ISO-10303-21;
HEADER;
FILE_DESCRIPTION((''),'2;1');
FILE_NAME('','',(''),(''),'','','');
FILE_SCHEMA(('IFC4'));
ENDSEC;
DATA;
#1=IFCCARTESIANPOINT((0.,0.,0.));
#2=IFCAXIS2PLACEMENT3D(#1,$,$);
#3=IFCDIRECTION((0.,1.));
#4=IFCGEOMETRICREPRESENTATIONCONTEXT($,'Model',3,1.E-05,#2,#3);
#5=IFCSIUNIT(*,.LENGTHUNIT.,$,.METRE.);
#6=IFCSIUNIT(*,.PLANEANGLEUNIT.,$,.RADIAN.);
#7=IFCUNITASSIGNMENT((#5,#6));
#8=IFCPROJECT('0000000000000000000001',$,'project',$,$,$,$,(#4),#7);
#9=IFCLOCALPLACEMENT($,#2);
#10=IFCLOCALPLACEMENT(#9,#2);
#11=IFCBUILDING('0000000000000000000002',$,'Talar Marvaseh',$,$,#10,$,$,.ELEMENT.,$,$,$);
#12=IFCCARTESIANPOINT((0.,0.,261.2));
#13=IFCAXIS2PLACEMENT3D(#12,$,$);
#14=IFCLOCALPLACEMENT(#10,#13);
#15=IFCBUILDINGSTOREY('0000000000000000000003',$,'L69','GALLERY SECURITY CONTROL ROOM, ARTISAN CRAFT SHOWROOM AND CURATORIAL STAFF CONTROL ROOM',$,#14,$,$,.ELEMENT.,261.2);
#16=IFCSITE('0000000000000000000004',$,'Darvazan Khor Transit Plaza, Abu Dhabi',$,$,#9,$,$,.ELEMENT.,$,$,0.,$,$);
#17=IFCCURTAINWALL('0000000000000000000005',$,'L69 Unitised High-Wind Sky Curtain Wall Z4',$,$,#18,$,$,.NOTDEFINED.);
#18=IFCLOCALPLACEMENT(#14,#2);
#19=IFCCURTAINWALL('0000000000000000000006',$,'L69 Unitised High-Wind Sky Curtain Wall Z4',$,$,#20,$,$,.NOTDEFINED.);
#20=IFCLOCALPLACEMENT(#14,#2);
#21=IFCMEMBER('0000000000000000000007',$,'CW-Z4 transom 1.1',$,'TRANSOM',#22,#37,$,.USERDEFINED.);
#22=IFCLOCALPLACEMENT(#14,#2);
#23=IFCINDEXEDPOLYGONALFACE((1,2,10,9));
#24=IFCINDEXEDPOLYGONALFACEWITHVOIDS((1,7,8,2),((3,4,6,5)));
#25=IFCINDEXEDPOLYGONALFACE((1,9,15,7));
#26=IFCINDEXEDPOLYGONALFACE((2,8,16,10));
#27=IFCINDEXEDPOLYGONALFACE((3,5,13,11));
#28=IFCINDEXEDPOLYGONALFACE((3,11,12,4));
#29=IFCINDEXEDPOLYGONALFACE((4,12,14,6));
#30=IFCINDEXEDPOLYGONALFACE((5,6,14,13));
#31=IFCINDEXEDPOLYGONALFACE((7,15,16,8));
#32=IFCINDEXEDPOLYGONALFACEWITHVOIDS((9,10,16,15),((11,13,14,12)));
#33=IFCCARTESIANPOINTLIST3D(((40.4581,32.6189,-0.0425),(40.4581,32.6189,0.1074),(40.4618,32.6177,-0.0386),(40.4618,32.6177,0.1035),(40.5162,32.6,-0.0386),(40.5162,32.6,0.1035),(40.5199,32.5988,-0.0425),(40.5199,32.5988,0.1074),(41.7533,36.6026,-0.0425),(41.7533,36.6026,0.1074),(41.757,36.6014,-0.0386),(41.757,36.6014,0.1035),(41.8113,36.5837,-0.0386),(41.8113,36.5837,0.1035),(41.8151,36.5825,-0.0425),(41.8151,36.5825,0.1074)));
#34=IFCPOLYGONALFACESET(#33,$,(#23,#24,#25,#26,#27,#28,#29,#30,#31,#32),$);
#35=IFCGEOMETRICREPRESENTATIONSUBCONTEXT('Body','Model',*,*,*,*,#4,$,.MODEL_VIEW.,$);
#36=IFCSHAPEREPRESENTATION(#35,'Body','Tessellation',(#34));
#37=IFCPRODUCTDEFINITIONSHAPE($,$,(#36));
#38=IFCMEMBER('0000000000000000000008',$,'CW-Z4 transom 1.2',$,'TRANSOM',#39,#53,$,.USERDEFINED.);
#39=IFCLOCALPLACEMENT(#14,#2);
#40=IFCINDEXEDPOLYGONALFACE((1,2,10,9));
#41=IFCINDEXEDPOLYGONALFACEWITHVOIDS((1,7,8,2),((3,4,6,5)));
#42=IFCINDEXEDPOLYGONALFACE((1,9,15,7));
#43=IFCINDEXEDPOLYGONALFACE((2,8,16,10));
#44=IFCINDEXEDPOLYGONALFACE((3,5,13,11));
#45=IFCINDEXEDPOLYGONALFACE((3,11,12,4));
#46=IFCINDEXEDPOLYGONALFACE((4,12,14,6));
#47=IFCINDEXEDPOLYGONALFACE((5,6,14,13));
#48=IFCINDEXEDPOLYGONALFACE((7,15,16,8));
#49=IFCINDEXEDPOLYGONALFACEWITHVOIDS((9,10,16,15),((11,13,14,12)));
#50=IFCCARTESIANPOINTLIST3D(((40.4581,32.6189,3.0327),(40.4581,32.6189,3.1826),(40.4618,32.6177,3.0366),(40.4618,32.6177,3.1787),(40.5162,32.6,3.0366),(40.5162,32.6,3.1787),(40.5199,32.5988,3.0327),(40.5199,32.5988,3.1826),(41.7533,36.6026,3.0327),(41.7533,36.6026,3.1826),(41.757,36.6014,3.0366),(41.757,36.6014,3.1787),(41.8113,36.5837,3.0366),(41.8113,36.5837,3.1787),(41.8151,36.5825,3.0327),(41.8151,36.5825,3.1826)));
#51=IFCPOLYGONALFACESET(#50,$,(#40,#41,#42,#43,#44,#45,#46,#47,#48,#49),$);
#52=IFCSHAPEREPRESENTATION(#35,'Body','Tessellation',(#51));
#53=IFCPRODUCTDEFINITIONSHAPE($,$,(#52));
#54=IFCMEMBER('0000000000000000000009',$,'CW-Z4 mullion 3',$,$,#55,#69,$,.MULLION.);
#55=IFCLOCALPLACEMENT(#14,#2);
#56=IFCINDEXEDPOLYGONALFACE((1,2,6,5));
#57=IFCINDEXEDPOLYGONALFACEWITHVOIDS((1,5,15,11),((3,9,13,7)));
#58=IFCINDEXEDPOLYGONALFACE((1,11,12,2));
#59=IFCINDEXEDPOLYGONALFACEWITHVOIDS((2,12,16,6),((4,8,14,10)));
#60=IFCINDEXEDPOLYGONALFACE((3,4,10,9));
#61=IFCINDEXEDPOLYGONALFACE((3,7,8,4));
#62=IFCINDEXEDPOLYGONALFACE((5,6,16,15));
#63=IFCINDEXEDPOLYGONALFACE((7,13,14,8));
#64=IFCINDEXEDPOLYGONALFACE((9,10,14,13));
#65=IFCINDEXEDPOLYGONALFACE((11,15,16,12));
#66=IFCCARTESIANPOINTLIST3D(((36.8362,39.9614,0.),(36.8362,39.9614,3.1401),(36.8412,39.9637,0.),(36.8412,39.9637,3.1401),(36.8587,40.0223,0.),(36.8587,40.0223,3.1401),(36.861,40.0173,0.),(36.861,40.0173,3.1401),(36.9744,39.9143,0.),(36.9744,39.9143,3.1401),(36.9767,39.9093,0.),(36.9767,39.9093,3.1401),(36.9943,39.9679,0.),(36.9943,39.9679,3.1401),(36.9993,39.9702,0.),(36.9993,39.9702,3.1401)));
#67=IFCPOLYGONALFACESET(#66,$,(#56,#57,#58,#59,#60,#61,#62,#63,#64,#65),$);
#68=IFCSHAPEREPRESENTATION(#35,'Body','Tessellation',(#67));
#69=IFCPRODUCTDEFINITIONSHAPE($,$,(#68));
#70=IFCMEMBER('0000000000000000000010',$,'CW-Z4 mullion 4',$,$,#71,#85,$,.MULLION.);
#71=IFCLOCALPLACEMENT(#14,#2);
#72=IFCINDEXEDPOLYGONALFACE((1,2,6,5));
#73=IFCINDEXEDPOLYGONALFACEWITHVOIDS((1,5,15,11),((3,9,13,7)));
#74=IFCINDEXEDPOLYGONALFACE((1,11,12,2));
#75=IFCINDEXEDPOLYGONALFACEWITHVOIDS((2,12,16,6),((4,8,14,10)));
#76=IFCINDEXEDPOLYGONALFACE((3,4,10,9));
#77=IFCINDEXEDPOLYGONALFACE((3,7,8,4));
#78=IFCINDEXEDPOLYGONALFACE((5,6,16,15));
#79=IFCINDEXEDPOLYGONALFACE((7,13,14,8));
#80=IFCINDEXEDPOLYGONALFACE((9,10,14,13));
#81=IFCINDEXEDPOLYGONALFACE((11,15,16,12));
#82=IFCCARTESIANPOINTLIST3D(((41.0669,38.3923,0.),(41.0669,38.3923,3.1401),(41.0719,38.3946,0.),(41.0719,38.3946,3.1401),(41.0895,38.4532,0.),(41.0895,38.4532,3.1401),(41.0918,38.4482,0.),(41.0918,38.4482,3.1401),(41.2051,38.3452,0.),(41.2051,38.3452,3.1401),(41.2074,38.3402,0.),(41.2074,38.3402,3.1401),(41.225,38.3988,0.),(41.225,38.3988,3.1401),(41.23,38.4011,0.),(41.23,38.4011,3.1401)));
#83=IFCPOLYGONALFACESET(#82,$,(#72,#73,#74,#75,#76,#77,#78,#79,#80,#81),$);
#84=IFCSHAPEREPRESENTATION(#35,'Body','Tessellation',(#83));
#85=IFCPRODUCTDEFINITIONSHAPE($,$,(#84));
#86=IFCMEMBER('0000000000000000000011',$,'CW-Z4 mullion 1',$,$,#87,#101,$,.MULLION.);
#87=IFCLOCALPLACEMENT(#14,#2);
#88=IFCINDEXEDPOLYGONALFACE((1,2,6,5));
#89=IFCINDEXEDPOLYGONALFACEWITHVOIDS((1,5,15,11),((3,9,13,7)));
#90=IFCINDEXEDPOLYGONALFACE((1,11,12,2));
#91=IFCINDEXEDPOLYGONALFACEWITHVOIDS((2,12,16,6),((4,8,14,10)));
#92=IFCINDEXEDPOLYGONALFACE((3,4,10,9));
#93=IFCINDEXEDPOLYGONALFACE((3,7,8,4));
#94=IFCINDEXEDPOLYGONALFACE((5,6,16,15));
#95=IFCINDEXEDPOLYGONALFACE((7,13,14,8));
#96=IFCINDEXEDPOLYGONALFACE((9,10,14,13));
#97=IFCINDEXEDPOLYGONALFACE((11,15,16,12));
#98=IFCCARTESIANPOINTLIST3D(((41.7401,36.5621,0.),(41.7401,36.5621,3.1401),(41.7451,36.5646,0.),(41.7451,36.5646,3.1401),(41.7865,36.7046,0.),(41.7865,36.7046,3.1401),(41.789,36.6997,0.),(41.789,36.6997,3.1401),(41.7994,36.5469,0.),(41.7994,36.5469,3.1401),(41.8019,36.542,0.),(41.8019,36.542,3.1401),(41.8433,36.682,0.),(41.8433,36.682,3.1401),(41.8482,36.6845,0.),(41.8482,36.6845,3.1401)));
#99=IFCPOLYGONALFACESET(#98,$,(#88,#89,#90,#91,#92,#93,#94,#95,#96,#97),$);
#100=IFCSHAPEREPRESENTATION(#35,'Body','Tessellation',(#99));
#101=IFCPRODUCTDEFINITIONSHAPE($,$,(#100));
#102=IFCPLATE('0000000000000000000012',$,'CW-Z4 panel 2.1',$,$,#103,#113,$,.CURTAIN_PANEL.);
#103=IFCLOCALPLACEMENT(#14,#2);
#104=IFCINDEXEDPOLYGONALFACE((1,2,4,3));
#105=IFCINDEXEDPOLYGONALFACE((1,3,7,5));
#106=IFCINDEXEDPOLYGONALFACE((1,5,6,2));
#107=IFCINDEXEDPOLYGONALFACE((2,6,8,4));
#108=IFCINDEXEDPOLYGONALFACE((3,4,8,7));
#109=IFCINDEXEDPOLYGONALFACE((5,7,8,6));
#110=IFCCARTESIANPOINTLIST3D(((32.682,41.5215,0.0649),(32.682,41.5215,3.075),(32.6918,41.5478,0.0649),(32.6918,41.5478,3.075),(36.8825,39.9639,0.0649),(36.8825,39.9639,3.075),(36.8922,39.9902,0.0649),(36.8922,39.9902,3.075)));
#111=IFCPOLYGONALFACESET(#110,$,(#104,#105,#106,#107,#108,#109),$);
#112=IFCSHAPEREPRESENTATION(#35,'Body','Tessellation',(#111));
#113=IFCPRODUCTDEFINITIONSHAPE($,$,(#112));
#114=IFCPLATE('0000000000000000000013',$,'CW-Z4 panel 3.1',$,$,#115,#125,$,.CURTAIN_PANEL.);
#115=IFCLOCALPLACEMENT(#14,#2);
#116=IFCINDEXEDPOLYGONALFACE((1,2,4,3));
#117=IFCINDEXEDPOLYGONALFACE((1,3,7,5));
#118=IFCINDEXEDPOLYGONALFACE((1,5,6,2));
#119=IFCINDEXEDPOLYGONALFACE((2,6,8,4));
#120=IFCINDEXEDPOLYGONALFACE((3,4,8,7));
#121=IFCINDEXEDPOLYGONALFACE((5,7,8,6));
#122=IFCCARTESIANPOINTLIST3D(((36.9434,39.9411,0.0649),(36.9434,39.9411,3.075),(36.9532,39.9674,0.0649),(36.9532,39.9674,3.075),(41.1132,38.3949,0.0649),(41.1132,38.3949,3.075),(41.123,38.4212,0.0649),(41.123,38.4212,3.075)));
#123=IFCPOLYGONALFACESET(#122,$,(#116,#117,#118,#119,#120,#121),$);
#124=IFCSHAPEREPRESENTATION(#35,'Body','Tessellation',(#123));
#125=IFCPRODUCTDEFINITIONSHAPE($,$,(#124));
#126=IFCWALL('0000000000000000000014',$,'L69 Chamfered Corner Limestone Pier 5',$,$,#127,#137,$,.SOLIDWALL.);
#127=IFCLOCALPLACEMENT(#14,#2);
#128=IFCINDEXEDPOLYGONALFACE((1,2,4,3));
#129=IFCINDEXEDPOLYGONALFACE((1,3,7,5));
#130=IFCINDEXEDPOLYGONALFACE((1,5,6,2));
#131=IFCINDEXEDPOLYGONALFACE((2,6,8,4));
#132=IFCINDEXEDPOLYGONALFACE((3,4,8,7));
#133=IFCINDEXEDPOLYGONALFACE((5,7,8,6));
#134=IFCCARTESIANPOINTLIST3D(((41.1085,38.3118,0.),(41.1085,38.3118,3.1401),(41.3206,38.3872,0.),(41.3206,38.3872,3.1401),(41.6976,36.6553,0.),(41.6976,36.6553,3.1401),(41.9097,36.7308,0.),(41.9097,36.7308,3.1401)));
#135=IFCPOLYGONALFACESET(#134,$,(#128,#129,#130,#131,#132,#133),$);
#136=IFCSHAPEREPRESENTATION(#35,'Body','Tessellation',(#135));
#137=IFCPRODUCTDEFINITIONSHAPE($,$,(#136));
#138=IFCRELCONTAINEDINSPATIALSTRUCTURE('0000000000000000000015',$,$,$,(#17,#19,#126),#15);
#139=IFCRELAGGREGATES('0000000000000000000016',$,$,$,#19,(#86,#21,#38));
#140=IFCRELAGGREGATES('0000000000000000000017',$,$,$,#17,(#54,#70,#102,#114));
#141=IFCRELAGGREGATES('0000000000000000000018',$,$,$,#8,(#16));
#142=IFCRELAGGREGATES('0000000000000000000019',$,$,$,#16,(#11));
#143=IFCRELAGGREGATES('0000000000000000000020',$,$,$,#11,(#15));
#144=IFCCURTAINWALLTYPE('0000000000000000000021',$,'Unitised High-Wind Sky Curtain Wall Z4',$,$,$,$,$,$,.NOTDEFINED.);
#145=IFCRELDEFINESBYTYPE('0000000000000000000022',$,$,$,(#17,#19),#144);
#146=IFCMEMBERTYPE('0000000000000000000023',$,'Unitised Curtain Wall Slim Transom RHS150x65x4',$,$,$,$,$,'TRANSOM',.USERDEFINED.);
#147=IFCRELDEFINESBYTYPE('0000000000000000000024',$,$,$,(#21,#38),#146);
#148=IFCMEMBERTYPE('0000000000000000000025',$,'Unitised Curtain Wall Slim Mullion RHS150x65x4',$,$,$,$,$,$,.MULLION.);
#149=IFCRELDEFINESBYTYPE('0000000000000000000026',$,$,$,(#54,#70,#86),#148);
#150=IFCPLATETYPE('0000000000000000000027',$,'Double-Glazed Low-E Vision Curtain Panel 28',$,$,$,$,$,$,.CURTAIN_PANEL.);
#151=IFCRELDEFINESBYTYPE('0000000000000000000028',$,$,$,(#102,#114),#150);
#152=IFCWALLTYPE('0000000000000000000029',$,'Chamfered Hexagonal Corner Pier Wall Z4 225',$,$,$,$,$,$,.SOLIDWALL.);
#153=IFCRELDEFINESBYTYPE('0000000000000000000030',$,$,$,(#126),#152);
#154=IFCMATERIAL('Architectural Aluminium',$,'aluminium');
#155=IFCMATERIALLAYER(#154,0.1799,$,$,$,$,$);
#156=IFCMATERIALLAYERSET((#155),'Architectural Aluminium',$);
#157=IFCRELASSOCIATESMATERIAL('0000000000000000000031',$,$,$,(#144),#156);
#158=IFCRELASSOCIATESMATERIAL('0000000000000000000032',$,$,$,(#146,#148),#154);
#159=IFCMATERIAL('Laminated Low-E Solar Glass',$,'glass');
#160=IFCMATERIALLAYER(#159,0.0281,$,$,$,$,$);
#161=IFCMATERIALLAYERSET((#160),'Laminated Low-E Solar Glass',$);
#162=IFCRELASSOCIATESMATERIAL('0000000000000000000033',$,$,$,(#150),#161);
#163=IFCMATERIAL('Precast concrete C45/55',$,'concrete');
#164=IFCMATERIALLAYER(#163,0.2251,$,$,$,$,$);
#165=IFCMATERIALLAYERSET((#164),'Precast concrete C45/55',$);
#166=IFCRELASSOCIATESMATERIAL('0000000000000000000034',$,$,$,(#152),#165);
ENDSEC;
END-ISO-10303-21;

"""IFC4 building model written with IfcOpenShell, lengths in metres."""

from ifc_helpers import new_model, si_unit, direction, frame, frame_2d, origin, origin_2d, place, context, subcontext, project, spatial, rectangle, hollow_rectangle, extrude, source, transform, mapped, material, layer, layer_set, material_profile, profile_set, type_object, type_shapes, element, aggregate, save


model = new_model("IFC4")

# Units and contexts
model_context = context("Model", 3, precision=1e-05, world=origin(), true_north=direction((0.0, 1.0)))
body_context = subcontext(model_context, "Body", "Model", "MODEL_VIEW")
ifc_project = project(units=[si_unit("LENGTHUNIT", "METRE"), si_unit("PLANEANGLEUNIT", "RADIAN")], contexts=[model_context])

# Site, building, storey
site_placement = place(None, origin())
site = spatial("IfcSite", under=ifc_project, at=site_placement, Name="Darvazan Khor Transit Plaza, Abu Dhabi", CompositionType="ELEMENT", RefElevation=0.0)
building_placement = place(site_placement, origin())
building = spatial("IfcBuilding", under=site, at=building_placement, Name="Talar Marvaseh", CompositionType="ELEMENT")
storey_placement = place(building_placement, frame((0.0, 0.0, 261.2)))
storey = spatial("IfcBuildingStorey", under=building, at=storey_placement, Name="L69", Description="GALLERY SECURITY CONTROL ROOM, ARTISAN CRAFT SHOWROOM AND CURATORIAL STAFF CONTROL ROOM", CompositionType="ELEMENT", Elevation=261.2)

# Curtain walls, members
ifc_material_1 = material(Name="Architectural Aluminium", Category="aluminium")
ifc_layer_1 = layer(ifc_material_1, 0.1799)
ifc_layer_set_1 = layer_set([ifc_layer_1], Name="Architectural Aluminium")
curtain_wall_type = type_object("IfcCurtainWallType", Name="Unitised High-Wind Sky Curtain Wall Z4", PredefinedType="NOTDEFINED", material=ifc_layer_set_1)
curtain_wall_1_placement = place(storey_placement, origin())
curtain_wall_1 = element("IfcCurtainWall", 1, at=curtain_wall_1_placement, inside=storey, type_object=curtain_wall_type, Name="L69 Unitised High-Wind Sky Curtain Wall Z4", PredefinedType="NOTDEFINED")
ifc_material_profile_1 = material_profile(ifc_material_1, hollow_rectangle(XDim=0.0649, YDim=0.1499, WallThickness=0.0039, at=origin_2d()), Name="RHS150x65x4")
ifc_profile_set_1 = profile_set([ifc_material_profile_1], Name="Architectural Aluminium")
member_type_1 = type_object("IfcMemberType", Name="Unitised Curtain Wall Slim Transom RHS150x65x4", ElementType="TRANSOM", PredefinedType="USERDEFINED", material=ifc_profile_set_1)
curtain_wall_2_placement = place(storey_placement, origin())
curtain_wall_2 = element("IfcCurtainWall", 2, at=curtain_wall_2_placement, inside=storey, type_object=curtain_wall_type, Name="L69 Unitised High-Wind Sky Curtain Wall Z4", PredefinedType="NOTDEFINED")
shared_shape_1 = source(origin(), body_context, "Body", "SweptSolid", [
    extrude(hollow_rectangle(XDim=0.0649, YDim=0.1499, WallThickness=0.0039, at=origin_2d()), origin(), (0.0, 0.0, 1.0), 4.189),
])
member_1_placement = place(storey_placement, frame((41.7842, 36.5925, 0.0325), z_axis=(-0.30919, -0.951, 0.0), x_axis=(0.951, -0.30919, 0.0)))
member_1 = element("IfcMember", 3, at=member_1_placement, type_object=member_type_1, Name="CW-Z4 transom 1.1", ObjectType="TRANSOM", PredefinedType="USERDEFINED", context=body_context, shape_type="MappedRepresentation", body=[
    mapped(shared_shape_1, transform((0.0, 0.0, 0.0), x_axis=(1.0, 0.0, 0.0), y_axis=(0.0, 1.0, 0.0), z_axis=(0.0, 0.0, 1.0), scale=1.0)),
])
member_2_placement = place(storey_placement, frame((41.7842, 36.5925, 3.1077), z_axis=(-0.30919, -0.951, 0.0), x_axis=(0.951, -0.30919, 0.0)))
member_2 = element("IfcMember", 4, at=member_2_placement, type_object=member_type_1, Name="CW-Z4 transom 1.2", ObjectType="TRANSOM", PredefinedType="USERDEFINED", context=body_context, shape_type="MappedRepresentation", body=[
    mapped(shared_shape_1, transform((0.0, 0.0, 0.0), x_axis=(1.0, 0.0, 0.0), y_axis=(0.0, 1.0, 0.0), z_axis=(0.0, 0.0, 1.0), scale=1.0)),
])

# Members
ifc_material_profile_2 = material_profile(ifc_material_1, hollow_rectangle(XDim=0.0649, YDim=0.1499, WallThickness=0.0039, at=origin_2d()), Name="RHS150x65x4")
ifc_profile_set_2 = profile_set([ifc_material_profile_2], Name="Architectural Aluminium")
member_type_2 = type_object("IfcMemberType", Name="Unitised Curtain Wall Slim Mullion RHS150x65x4", PredefinedType="MULLION", material=ifc_profile_set_2)
shared_shape_2 = source(origin(), body_context, "Body", "SweptSolid", [
    extrude(hollow_rectangle(XDim=0.0649, YDim=0.1499, WallThickness=0.0039, at=origin_2d()), origin(), (0.0, 0.0, 1.0), 3.1401),
])
type_shapes(member_type_2, [shared_shape_2])
member_3_placement = place(storey_placement, frame((36.9177, 39.9658, 0.0), z_axis=(0.0, 0.0, 1.0), x_axis=(0.347687, 0.93761, 0.0)))
member_3 = element("IfcMember", 5, at=member_3_placement, type_object=member_type_2, Name="CW-Z4 mullion 3", PredefinedType="MULLION", context=body_context, shape_type="MappedRepresentation", body=[
    mapped(shared_shape_2, transform((0.0, 0.0, 0.0), x_axis=(1.0, 0.0, 0.0), y_axis=(0.0, 1.0, 0.0), z_axis=(0.0, 0.0, 1.0), scale=1.0)),
])
member_4_placement = place(storey_placement, frame((41.1484, 38.3967, 0.0), z_axis=(0.0, 0.0, 1.0), x_axis=(0.347687, 0.93761, 0.0)))
member_4 = element("IfcMember", 6, at=member_4_placement, type_object=member_type_2, Name="CW-Z4 mullion 4", PredefinedType="MULLION", context=body_context, shape_type="MappedRepresentation", body=[
    mapped(shared_shape_2, transform((0.0, 0.0, 0.0), x_axis=(1.0, 0.0, 0.0), y_axis=(0.0, 1.0, 0.0), z_axis=(0.0, 0.0, 1.0), scale=1.0)),
])
member_5_placement = place(storey_placement, frame((41.7942, 36.6233, 0.0), z_axis=(0.0, 0.0, 1.0), x_axis=(0.951009, -0.309162, 0.0)))
member_5 = element("IfcMember", 7, at=member_5_placement, type_object=member_type_2, Name="CW-Z4 mullion 1", PredefinedType="MULLION", context=body_context, shape_type="MappedRepresentation", body=[
    mapped(shared_shape_2, transform((0.0, 0.0, 0.0), x_axis=(1.0, 0.0, 0.0), y_axis=(0.0, 1.0, 0.0), z_axis=(0.0, 0.0, 1.0), scale=1.0)),
])
aggregate(curtain_wall_2, [member_5, member_1, member_2])

# Plates
ifc_material_2 = material(Name="Laminated Low-E Solar Glass", Category="glass")
ifc_layer_2 = layer(ifc_material_2, 0.0281)
ifc_layer_set_2 = layer_set([ifc_layer_2], Name="Laminated Low-E Solar Glass")
plate_type = type_object("IfcPlateType", Name="Double-Glazed Low-E Vision Curtain Panel 28", PredefinedType="CURTAIN_PANEL", material=ifc_layer_set_2)
shared_shape_3 = source(origin(), body_context, "Body", "SweptSolid", [
    extrude(rectangle(XDim=4.48, YDim=0.0281, at=origin_2d()), origin(), (0.0, 0.0, 1.0), 3.01),
])
plate_1_placement = place(storey_placement, frame((34.7871, 40.7559, 0.0649), z_axis=(0.0, 0.0, 1.0), x_axis=(0.93761, -0.347687, 0.0)))
plate_1 = element("IfcPlate", 8, at=plate_1_placement, type_object=plate_type, Name="CW-Z4 panel 2.1", PredefinedType="CURTAIN_PANEL", context=body_context, shape_type="MappedRepresentation", body=[
    mapped(shared_shape_3, transform((0.0, 0.0, 0.0), x_axis=(1.0, 0.0, 0.0), y_axis=(0.0, 1.0, 0.0), z_axis=(0.0, 0.0, 1.0), scale=1.0)),
])
shared_shape_4 = source(origin(), body_context, "Body", "SweptSolid", [
    extrude(rectangle(XDim=4.4473, YDim=0.0281, at=origin_2d()), origin(), (0.0, 0.0, 1.0), 3.01),
])
type_shapes(plate_type, [shared_shape_3, shared_shape_4])
plate_2_placement = place(storey_placement, frame((39.0332, 39.1812, 0.0649), z_axis=(0.0, 0.0, 1.0), x_axis=(0.93761, -0.347687, 0.0)))
plate_2 = element("IfcPlate", 9, at=plate_2_placement, type_object=plate_type, Name="CW-Z4 panel 3.1", PredefinedType="CURTAIN_PANEL", context=body_context, shape_type="MappedRepresentation", body=[
    mapped(shared_shape_4, transform((0.0, 0.0, 0.0), x_axis=(1.0, 0.0, 0.0), y_axis=(0.0, 1.0, 0.0), z_axis=(0.0, 0.0, 1.0), scale=1.0)),
])
aggregate(curtain_wall_1, [member_3, member_4, plate_1, plate_2])

# Wall
ifc_material_3 = material(Name="Precast concrete C45/55", Category="concrete")
ifc_layer_3 = layer(ifc_material_3, 0.2251)
ifc_layer_set_3 = layer_set([ifc_layer_3], Name="Precast concrete C45/55")
wall_type_1 = type_object("IfcWallType", Name="Chamfered Hexagonal Corner Pier Wall Z4 225", PredefinedType="SOLIDWALL", material=ifc_layer_set_3)
wall_1_placement = place(storey_placement, frame((41.2146, 38.3494, 0.0), z_axis=(0.0, 0.0, 1.0), x_axis=(0.335078, -0.94219, 0.0)))
element("IfcWall", 10, at=wall_1_placement, inside=storey, type_object=wall_type_1, Name="L69 Chamfered Corner Limestone Pier 5", PredefinedType="SOLIDWALL", context=body_context, shape_type="SweptSolid", body=[
    extrude(rectangle(XDim=1.7581, YDim=0.2251, at=frame_2d((0.8789, 0.0))), origin(), (0.0, 0.0, 1.0), 3.1401),
])

save(model, "model.ifc")
